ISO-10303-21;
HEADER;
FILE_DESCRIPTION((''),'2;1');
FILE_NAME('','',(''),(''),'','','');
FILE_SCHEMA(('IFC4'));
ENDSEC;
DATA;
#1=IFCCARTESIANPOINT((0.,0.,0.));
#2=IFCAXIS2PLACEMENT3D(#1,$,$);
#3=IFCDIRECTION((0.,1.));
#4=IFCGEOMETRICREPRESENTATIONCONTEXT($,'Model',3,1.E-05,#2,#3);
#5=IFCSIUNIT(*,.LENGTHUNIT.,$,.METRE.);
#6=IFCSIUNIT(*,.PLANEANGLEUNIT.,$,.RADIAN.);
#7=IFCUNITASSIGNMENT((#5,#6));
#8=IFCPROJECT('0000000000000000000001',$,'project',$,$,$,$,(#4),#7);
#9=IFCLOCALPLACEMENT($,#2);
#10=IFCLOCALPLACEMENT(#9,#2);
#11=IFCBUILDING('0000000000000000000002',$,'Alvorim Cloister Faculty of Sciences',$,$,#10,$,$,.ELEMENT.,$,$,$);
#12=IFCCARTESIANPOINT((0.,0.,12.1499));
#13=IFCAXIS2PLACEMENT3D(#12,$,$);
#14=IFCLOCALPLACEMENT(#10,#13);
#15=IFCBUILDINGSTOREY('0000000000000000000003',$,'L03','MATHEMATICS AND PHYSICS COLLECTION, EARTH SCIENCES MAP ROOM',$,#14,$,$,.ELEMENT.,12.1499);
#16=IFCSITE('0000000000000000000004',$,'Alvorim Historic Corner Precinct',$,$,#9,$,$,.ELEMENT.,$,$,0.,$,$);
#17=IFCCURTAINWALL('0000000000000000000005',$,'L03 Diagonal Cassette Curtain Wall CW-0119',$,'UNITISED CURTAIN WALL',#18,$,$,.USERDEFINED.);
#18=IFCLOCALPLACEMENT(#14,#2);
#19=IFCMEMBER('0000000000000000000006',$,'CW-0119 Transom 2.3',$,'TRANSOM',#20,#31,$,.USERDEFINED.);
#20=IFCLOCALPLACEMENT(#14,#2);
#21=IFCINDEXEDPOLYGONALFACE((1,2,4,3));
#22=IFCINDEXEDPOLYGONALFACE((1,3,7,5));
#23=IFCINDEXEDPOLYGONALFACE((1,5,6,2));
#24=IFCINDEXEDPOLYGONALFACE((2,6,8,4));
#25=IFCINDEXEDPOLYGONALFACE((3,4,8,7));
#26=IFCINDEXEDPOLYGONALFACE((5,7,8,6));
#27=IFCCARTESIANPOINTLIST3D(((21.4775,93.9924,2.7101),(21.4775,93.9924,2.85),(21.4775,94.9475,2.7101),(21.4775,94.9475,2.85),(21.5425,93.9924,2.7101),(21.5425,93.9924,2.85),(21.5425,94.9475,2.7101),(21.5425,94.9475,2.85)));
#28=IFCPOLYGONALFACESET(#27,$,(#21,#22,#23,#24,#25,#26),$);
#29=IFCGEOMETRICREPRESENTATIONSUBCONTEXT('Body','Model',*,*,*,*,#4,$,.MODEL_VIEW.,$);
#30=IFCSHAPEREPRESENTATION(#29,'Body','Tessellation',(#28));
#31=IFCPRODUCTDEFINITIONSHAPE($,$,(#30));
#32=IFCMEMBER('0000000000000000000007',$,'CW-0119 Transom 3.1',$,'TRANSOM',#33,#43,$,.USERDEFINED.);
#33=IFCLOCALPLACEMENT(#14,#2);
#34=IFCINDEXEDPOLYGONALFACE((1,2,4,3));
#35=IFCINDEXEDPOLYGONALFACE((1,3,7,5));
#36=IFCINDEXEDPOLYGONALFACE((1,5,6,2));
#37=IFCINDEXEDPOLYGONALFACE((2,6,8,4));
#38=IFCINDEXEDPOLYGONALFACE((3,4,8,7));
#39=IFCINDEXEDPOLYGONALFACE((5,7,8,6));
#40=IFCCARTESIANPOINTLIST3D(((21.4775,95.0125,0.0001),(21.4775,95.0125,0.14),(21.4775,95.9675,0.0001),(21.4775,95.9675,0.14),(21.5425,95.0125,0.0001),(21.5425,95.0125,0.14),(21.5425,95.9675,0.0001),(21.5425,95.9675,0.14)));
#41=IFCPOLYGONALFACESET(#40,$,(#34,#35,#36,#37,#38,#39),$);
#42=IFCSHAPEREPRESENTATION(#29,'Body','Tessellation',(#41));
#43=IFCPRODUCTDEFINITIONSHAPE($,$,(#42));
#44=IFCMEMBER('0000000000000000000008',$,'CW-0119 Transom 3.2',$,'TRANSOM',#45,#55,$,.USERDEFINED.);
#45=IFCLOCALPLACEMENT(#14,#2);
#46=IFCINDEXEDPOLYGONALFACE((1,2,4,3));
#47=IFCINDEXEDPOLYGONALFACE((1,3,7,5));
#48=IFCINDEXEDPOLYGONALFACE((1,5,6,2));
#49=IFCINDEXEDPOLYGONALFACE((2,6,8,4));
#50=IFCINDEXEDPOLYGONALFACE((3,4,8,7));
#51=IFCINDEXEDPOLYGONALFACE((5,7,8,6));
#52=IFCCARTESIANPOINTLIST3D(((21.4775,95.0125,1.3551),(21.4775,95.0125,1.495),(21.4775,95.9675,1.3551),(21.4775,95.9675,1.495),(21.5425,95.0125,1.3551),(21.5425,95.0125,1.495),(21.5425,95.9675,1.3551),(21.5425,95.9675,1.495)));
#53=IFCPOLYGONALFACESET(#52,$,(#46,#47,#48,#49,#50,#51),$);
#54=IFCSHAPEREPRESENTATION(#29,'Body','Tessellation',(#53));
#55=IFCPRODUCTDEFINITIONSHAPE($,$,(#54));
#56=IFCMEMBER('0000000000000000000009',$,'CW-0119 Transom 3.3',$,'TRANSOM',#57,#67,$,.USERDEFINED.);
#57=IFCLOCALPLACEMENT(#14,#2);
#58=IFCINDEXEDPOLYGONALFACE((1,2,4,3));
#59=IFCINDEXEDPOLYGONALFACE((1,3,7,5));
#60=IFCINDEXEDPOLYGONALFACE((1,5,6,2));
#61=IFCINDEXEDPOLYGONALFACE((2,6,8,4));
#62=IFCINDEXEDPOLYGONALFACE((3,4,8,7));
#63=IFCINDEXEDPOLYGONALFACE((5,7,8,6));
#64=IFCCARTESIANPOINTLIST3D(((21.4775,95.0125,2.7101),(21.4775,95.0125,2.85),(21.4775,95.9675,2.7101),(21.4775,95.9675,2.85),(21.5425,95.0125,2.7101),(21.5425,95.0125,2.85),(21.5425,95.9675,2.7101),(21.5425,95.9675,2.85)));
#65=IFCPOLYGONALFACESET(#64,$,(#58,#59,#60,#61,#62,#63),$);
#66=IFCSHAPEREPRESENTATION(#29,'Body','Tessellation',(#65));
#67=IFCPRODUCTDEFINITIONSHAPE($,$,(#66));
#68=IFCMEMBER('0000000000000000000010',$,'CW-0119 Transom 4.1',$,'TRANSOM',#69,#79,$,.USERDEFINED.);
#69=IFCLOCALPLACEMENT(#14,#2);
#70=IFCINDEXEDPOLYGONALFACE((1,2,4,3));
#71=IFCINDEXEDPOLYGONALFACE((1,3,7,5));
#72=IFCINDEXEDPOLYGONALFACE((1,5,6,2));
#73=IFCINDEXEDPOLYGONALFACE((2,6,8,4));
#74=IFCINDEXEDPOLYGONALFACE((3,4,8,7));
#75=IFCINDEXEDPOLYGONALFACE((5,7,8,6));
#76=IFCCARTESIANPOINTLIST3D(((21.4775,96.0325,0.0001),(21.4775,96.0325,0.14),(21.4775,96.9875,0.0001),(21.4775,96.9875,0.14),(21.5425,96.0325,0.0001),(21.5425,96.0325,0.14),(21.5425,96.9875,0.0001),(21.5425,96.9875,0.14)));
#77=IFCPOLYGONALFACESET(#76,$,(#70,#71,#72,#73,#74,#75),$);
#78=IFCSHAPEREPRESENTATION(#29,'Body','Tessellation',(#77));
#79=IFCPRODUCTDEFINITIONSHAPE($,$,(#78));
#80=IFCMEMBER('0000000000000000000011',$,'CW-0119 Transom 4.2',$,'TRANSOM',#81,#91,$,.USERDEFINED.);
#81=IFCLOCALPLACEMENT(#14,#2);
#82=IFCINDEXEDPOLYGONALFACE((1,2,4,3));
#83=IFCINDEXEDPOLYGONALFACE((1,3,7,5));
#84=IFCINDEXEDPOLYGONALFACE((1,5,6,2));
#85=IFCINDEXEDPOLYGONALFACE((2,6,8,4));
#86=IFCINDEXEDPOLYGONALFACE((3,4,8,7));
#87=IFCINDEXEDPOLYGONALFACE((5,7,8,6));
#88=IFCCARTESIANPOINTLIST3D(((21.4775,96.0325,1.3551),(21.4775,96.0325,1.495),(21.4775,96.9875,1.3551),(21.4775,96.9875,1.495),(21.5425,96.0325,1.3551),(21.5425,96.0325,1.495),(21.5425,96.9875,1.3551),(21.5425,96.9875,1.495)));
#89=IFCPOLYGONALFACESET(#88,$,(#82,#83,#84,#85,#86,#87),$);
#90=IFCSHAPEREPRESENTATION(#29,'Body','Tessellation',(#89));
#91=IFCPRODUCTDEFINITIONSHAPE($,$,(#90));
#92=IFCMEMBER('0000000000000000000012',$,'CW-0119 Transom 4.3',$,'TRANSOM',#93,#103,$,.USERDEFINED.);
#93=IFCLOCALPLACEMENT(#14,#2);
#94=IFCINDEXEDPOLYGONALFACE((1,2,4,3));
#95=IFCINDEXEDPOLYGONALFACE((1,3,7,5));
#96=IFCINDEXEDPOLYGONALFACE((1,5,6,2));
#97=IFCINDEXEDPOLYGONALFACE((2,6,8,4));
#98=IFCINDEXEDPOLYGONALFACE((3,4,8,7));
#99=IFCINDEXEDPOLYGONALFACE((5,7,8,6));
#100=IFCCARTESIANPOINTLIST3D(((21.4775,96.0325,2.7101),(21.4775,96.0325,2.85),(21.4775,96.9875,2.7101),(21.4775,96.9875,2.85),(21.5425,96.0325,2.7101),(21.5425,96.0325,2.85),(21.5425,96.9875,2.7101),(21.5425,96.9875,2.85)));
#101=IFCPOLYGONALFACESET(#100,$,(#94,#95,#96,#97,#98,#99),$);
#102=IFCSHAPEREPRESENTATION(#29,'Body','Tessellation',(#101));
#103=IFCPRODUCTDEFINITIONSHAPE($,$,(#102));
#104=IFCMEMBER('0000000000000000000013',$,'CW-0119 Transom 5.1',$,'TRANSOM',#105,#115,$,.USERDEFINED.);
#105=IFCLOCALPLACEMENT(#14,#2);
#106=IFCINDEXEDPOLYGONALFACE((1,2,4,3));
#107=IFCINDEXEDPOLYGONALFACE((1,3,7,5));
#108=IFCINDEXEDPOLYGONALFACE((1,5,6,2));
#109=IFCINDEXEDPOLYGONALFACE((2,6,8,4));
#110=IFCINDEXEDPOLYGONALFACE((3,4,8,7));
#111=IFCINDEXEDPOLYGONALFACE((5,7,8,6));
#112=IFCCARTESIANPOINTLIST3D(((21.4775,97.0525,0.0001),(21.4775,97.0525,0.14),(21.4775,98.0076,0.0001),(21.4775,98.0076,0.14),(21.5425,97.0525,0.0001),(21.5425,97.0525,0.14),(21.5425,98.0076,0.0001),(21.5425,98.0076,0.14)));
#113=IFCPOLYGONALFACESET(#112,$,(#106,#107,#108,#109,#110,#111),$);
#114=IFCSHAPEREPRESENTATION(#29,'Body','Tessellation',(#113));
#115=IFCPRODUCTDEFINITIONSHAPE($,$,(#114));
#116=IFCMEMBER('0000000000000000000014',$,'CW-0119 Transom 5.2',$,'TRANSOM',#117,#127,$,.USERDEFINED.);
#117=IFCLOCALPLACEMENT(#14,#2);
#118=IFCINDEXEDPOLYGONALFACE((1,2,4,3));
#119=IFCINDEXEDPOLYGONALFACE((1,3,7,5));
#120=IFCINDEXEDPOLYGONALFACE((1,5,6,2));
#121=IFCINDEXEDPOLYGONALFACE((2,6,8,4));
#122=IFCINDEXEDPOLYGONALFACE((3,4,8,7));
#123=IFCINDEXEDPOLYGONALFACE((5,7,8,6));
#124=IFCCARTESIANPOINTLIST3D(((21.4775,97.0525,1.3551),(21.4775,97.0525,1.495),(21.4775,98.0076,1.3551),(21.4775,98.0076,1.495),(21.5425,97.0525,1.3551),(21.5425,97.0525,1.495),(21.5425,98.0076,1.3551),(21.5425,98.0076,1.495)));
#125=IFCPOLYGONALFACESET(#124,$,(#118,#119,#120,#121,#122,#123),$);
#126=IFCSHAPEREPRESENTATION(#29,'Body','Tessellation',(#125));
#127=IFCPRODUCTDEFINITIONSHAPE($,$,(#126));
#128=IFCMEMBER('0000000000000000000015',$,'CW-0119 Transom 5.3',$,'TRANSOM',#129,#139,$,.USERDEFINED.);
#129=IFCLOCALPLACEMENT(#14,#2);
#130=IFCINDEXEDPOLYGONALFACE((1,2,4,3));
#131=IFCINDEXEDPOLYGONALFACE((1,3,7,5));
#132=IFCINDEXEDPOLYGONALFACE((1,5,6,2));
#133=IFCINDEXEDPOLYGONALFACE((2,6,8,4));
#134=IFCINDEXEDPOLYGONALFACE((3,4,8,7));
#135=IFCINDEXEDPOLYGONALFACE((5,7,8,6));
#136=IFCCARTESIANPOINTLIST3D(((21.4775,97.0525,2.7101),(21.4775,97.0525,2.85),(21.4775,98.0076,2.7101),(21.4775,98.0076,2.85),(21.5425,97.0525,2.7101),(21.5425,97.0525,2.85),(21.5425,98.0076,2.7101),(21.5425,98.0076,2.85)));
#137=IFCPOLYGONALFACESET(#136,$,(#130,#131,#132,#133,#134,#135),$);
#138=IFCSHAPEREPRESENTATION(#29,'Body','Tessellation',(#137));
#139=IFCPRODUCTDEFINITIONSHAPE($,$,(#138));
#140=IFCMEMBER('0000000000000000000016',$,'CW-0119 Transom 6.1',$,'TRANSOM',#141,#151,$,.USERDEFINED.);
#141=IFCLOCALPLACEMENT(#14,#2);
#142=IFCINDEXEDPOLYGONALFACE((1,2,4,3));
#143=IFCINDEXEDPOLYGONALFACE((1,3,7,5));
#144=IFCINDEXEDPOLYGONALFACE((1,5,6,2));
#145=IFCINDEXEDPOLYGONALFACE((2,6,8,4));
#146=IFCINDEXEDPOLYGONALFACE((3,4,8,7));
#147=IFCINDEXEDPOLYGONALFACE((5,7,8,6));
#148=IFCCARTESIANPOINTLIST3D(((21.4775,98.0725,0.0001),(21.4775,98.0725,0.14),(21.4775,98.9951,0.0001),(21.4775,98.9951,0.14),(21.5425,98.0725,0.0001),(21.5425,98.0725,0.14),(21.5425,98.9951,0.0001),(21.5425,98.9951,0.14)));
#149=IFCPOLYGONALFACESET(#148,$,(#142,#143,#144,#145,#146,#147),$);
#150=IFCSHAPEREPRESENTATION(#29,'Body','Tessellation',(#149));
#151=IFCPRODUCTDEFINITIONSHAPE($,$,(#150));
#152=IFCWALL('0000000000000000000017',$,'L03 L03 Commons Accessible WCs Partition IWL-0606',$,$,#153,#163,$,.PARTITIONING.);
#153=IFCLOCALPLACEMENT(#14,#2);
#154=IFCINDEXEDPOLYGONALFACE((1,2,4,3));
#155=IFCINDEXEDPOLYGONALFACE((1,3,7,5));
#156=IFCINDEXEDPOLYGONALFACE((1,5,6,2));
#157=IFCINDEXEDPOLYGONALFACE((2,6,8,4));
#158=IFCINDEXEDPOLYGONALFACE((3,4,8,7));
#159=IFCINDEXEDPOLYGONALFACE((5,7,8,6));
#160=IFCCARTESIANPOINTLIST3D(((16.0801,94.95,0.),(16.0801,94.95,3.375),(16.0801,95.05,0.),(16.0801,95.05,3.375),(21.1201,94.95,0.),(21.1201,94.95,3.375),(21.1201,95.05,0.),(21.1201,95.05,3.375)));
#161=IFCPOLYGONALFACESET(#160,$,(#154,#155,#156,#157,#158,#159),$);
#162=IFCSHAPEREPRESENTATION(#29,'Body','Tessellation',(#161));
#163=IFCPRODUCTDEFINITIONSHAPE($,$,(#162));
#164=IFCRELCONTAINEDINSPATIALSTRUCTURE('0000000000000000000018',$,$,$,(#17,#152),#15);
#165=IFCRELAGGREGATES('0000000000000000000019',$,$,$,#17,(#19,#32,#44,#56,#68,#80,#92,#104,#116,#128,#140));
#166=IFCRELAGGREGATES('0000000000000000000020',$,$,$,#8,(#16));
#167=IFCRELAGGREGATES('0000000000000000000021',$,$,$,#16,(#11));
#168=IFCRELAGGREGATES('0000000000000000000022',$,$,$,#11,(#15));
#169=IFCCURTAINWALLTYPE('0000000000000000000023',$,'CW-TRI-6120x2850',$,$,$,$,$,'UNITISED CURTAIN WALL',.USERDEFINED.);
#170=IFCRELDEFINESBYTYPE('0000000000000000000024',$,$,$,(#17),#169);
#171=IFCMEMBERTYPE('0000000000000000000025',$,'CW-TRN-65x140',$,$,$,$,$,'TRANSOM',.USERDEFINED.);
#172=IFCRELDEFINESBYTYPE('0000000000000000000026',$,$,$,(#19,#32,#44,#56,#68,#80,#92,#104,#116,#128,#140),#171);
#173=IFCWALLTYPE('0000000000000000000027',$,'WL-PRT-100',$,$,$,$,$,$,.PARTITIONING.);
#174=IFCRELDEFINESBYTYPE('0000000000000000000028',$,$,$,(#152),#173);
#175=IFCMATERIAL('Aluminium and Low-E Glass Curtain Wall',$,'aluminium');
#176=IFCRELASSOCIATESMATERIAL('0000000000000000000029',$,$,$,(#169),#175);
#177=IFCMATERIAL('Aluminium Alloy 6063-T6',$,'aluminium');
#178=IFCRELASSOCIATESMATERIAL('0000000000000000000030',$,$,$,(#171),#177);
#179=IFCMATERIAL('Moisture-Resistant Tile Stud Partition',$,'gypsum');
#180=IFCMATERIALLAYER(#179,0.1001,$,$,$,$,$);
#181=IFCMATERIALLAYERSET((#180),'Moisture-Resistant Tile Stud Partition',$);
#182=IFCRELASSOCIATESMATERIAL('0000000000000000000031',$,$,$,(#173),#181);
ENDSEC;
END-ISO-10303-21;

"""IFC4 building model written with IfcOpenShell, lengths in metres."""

from ifc_helpers import new_model, si_unit, direction, frame, frame_2d, origin, origin_2d, place, context, subcontext, project, spatial, rectangle, extrude, material, layer, layer_set, material_profile, profile_set, type_object, element, aggregate, save


model = new_model("IFC4")

# Units and contexts
model_context = context("Model", 3, precision=1e-05, world=origin(), true_north=direction((0.0, 1.0)))
body_context = subcontext(model_context, "Body", "Model", "MODEL_VIEW")
ifc_project = project(units=[si_unit("LENGTHUNIT", "METRE"), si_unit("PLANEANGLEUNIT", "RADIAN")], contexts=[model_context])

# Site, building, storey
site_placement = place(None, origin())
site = spatial("IfcSite", under=ifc_project, at=site_placement, Name="Alvorim Historic Corner Precinct", CompositionType="ELEMENT", RefElevation=0.0)
building_placement = place(site_placement, origin())
building = spatial("IfcBuilding", under=site, at=building_placement, Name="Alvorim Cloister Faculty of Sciences", CompositionType="ELEMENT")
storey_placement = place(building_placement, frame((0.0, 0.0, 12.1499)))
storey = spatial("IfcBuildingStorey", under=building, at=storey_placement, Name="L03", Description="MATHEMATICS AND PHYSICS COLLECTION, EARTH SCIENCES MAP ROOM", CompositionType="ELEMENT", Elevation=12.1499)

# Curtain wall, members
ifc_material_1 = material(Name="Aluminium and Low-E Glass Curtain Wall", Category="aluminium")
curtain_wall_type = type_object("IfcCurtainWallType", Name="CW-TRI-6120x2850", ElementType="UNITISED CURTAIN WALL", PredefinedType="USERDEFINED", material=ifc_material_1)
curtain_wall_placement = place(storey_placement, origin())
curtain_wall = element("IfcCurtainWall", 1, at=curtain_wall_placement, inside=storey, type_object=curtain_wall_type, Name="L03 Diagonal Cassette Curtain Wall CW-0119", ObjectType="UNITISED CURTAIN WALL", PredefinedType="USERDEFINED")
ifc_material_2 = material(Name="Aluminium Alloy 6063-T6", Category="aluminium")
ifc_material_profile_1 = material_profile(ifc_material_2, rectangle(XDim=0.0649, YDim=0.1399, at=origin_2d()), Name="ALU-TRN-65x140")
ifc_profile_set_1 = profile_set([ifc_material_profile_1], Name="Aluminium Alloy 6063-T6")
member_type_1 = type_object("IfcMemberType", Name="CW-TRN-65x140", ElementType="TRANSOM", PredefinedType="USERDEFINED", material=ifc_profile_set_1)
member_1_placement = place(storey_placement, frame((21.51, 93.9924, 2.78), z_axis=(0.0, 1.0, 0.0), x_axis=(-1.0, 0.0, 0.0)))
member_1 = element("IfcMember", 2, at=member_1_placement, type_object=member_type_1, Name="CW-0119 Transom 2.3", ObjectType="TRANSOM", PredefinedType="USERDEFINED", context=body_context, shape_type="SweptSolid", body=[
    extrude(rectangle(XDim=0.0649, YDim=0.1399, at=origin_2d()), origin(), (0.0, 0.0, 1.0), 0.9551),
])
member_2_placement = place(storey_placement, frame((21.51, 95.0125, 0.0701), z_axis=(0.0, 1.0, 0.0), x_axis=(-1.0, 0.0, 0.0)))
member_2 = element("IfcMember", 3, at=member_2_placement, type_object=member_type_1, Name="CW-0119 Transom 3.1", ObjectType="TRANSOM", PredefinedType="USERDEFINED", context=body_context, shape_type="SweptSolid", body=[
    extrude(rectangle(XDim=0.0649, YDim=0.1399, at=origin_2d()), origin(), (0.0, 0.0, 1.0), 0.9551),
])
member_3_placement = place(storey_placement, frame((21.51, 95.0125, 1.425), z_axis=(0.0, 1.0, 0.0), x_axis=(-1.0, 0.0, 0.0)))
member_3 = element("IfcMember", 4, at=member_3_placement, type_object=member_type_1, Name="CW-0119 Transom 3.2", ObjectType="TRANSOM", PredefinedType="USERDEFINED", context=body_context, shape_type="SweptSolid", body=[
    extrude(rectangle(XDim=0.0649, YDim=0.1399, at=origin_2d()), origin(), (0.0, 0.0, 1.0), 0.9551),
])
member_4_placement = place(storey_placement, frame((21.51, 95.0125, 2.78), z_axis=(0.0, 1.0, 0.0), x_axis=(-1.0, 0.0, 0.0)))
member_4 = element("IfcMember", 5, at=member_4_placement, type_object=member_type_1, Name="CW-0119 Transom 3.3", ObjectType="TRANSOM", PredefinedType="USERDEFINED", context=body_context, shape_type="SweptSolid", body=[
    extrude(rectangle(XDim=0.0649, YDim=0.1399, at=origin_2d()), origin(), (0.0, 0.0, 1.0), 0.9551),
])
member_5_placement = place(storey_placement, frame((21.51, 96.0325, 0.0701), z_axis=(0.0, 1.0, 0.0), x_axis=(-1.0, 0.0, 0.0)))
member_5 = element("IfcMember", 6, at=member_5_placement, type_object=member_type_1, Name="CW-0119 Transom 4.1", ObjectType="TRANSOM", PredefinedType="USERDEFINED", context=body_context, shape_type="SweptSolid", body=[
    extrude(rectangle(XDim=0.0649, YDim=0.1399, at=origin_2d()), origin(), (0.0, 0.0, 1.0), 0.9551),
])
member_6_placement = place(storey_placement, frame((21.51, 96.0325, 1.425), z_axis=(0.0, 1.0, 0.0), x_axis=(-1.0, 0.0, 0.0)))
member_6 = element("IfcMember", 7, at=member_6_placement, type_object=member_type_1, Name="CW-0119 Transom 4.2", ObjectType="TRANSOM", PredefinedType="USERDEFINED", context=body_context, shape_type="SweptSolid", body=[
    extrude(rectangle(XDim=0.0649, YDim=0.1399, at=origin_2d()), origin(), (0.0, 0.0, 1.0), 0.9551),
])
member_7_placement = place(storey_placement, frame((21.51, 96.0325, 2.78), z_axis=(0.0, 1.0, 0.0), x_axis=(-1.0, 0.0, 0.0)))
member_7 = element("IfcMember", 8, at=member_7_placement, type_object=member_type_1, Name="CW-0119 Transom 4.3", ObjectType="TRANSOM", PredefinedType="USERDEFINED", context=body_context, shape_type="SweptSolid", body=[
    extrude(rectangle(XDim=0.0649, YDim=0.1399, at=origin_2d()), origin(), (0.0, 0.0, 1.0), 0.9551),
])
member_8_placement = place(storey_placement, frame((21.51, 97.0525, 0.0701), z_axis=(0.0, 1.0, 0.0), x_axis=(-1.0, 0.0, 0.0)))
member_8 = element("IfcMember", 9, at=member_8_placement, type_object=member_type_1, Name="CW-0119 Transom 5.1", ObjectType="TRANSOM", PredefinedType="USERDEFINED", context=body_context, shape_type="SweptSolid", body=[
    extrude(rectangle(XDim=0.0649, YDim=0.1399, at=origin_2d()), origin(), (0.0, 0.0, 1.0), 0.9551),
])
member_9_placement = place(storey_placement, frame((21.51, 97.0525, 1.425), z_axis=(0.0, 1.0, 0.0), x_axis=(-1.0, 0.0, 0.0)))
member_9 = element("IfcMember", 10, at=member_9_placement, type_object=member_type_1, Name="CW-0119 Transom 5.2", ObjectType="TRANSOM", PredefinedType="USERDEFINED", context=body_context, shape_type="SweptSolid", body=[
    extrude(rectangle(XDim=0.0649, YDim=0.1399, at=origin_2d()), origin(), (0.0, 0.0, 1.0), 0.9551),
])
member_10_placement = place(storey_placement, frame((21.51, 97.0525, 2.78), z_axis=(0.0, 1.0, 0.0), x_axis=(-1.0, 0.0, 0.0)))
member_10 = element("IfcMember", 11, at=member_10_placement, type_object=member_type_1, Name="CW-0119 Transom 5.3", ObjectType="TRANSOM", PredefinedType="USERDEFINED", context=body_context, shape_type="SweptSolid", body=[
    extrude(rectangle(XDim=0.0649, YDim=0.1399, at=origin_2d()), origin(), (0.0, 0.0, 1.0), 0.9551),
])
member_11_placement = place(storey_placement, frame((21.51, 98.0725, 0.0701), z_axis=(0.0, 1.0, 0.0), x_axis=(-1.0, 0.0, 0.0)))
member_11 = element("IfcMember", 12, at=member_11_placement, type_object=member_type_1, Name="CW-0119 Transom 6.1", ObjectType="TRANSOM", PredefinedType="USERDEFINED", context=body_context, shape_type="SweptSolid", body=[
    extrude(rectangle(XDim=0.0649, YDim=0.1399, at=origin_2d()), origin(), (0.0, 0.0, 1.0), 0.9226),
])
aggregate(curtain_wall, [member_1, member_2, member_3, member_4, member_5, member_6, member_7, member_8, member_9, member_10, member_11])

# Wall
ifc_material_3 = material(Name="Moisture-Resistant Tile Stud Partition", Category="gypsum")
ifc_layer_1 = layer(ifc_material_3, 0.1001)
ifc_layer_set_1 = layer_set([ifc_layer_1], Name="Moisture-Resistant Tile Stud Partition")
wall_type_1 = type_object("IfcWallType", Name="WL-PRT-100", PredefinedType="PARTITIONING", material=ifc_layer_set_1)
wall_1_placement = place(storey_placement, frame((16.0801, 95.0, 0.0), z_axis=(0.0, 0.0, 1.0), x_axis=(1.0, 0.0, 0.0)))
element("IfcWall", 13, at=wall_1_placement, inside=storey, type_object=wall_type_1, Name="L03 L03 Commons Accessible WCs Partition IWL-0606", PredefinedType="PARTITIONING", context=body_context, shape_type="SweptSolid", body=[
    extrude(rectangle(XDim=5.04, YDim=0.1001, at=frame_2d((2.52, 0.0))), origin(), (0.0, 0.0, 1.0), 3.375),
])

save(model, "model.ifc")
